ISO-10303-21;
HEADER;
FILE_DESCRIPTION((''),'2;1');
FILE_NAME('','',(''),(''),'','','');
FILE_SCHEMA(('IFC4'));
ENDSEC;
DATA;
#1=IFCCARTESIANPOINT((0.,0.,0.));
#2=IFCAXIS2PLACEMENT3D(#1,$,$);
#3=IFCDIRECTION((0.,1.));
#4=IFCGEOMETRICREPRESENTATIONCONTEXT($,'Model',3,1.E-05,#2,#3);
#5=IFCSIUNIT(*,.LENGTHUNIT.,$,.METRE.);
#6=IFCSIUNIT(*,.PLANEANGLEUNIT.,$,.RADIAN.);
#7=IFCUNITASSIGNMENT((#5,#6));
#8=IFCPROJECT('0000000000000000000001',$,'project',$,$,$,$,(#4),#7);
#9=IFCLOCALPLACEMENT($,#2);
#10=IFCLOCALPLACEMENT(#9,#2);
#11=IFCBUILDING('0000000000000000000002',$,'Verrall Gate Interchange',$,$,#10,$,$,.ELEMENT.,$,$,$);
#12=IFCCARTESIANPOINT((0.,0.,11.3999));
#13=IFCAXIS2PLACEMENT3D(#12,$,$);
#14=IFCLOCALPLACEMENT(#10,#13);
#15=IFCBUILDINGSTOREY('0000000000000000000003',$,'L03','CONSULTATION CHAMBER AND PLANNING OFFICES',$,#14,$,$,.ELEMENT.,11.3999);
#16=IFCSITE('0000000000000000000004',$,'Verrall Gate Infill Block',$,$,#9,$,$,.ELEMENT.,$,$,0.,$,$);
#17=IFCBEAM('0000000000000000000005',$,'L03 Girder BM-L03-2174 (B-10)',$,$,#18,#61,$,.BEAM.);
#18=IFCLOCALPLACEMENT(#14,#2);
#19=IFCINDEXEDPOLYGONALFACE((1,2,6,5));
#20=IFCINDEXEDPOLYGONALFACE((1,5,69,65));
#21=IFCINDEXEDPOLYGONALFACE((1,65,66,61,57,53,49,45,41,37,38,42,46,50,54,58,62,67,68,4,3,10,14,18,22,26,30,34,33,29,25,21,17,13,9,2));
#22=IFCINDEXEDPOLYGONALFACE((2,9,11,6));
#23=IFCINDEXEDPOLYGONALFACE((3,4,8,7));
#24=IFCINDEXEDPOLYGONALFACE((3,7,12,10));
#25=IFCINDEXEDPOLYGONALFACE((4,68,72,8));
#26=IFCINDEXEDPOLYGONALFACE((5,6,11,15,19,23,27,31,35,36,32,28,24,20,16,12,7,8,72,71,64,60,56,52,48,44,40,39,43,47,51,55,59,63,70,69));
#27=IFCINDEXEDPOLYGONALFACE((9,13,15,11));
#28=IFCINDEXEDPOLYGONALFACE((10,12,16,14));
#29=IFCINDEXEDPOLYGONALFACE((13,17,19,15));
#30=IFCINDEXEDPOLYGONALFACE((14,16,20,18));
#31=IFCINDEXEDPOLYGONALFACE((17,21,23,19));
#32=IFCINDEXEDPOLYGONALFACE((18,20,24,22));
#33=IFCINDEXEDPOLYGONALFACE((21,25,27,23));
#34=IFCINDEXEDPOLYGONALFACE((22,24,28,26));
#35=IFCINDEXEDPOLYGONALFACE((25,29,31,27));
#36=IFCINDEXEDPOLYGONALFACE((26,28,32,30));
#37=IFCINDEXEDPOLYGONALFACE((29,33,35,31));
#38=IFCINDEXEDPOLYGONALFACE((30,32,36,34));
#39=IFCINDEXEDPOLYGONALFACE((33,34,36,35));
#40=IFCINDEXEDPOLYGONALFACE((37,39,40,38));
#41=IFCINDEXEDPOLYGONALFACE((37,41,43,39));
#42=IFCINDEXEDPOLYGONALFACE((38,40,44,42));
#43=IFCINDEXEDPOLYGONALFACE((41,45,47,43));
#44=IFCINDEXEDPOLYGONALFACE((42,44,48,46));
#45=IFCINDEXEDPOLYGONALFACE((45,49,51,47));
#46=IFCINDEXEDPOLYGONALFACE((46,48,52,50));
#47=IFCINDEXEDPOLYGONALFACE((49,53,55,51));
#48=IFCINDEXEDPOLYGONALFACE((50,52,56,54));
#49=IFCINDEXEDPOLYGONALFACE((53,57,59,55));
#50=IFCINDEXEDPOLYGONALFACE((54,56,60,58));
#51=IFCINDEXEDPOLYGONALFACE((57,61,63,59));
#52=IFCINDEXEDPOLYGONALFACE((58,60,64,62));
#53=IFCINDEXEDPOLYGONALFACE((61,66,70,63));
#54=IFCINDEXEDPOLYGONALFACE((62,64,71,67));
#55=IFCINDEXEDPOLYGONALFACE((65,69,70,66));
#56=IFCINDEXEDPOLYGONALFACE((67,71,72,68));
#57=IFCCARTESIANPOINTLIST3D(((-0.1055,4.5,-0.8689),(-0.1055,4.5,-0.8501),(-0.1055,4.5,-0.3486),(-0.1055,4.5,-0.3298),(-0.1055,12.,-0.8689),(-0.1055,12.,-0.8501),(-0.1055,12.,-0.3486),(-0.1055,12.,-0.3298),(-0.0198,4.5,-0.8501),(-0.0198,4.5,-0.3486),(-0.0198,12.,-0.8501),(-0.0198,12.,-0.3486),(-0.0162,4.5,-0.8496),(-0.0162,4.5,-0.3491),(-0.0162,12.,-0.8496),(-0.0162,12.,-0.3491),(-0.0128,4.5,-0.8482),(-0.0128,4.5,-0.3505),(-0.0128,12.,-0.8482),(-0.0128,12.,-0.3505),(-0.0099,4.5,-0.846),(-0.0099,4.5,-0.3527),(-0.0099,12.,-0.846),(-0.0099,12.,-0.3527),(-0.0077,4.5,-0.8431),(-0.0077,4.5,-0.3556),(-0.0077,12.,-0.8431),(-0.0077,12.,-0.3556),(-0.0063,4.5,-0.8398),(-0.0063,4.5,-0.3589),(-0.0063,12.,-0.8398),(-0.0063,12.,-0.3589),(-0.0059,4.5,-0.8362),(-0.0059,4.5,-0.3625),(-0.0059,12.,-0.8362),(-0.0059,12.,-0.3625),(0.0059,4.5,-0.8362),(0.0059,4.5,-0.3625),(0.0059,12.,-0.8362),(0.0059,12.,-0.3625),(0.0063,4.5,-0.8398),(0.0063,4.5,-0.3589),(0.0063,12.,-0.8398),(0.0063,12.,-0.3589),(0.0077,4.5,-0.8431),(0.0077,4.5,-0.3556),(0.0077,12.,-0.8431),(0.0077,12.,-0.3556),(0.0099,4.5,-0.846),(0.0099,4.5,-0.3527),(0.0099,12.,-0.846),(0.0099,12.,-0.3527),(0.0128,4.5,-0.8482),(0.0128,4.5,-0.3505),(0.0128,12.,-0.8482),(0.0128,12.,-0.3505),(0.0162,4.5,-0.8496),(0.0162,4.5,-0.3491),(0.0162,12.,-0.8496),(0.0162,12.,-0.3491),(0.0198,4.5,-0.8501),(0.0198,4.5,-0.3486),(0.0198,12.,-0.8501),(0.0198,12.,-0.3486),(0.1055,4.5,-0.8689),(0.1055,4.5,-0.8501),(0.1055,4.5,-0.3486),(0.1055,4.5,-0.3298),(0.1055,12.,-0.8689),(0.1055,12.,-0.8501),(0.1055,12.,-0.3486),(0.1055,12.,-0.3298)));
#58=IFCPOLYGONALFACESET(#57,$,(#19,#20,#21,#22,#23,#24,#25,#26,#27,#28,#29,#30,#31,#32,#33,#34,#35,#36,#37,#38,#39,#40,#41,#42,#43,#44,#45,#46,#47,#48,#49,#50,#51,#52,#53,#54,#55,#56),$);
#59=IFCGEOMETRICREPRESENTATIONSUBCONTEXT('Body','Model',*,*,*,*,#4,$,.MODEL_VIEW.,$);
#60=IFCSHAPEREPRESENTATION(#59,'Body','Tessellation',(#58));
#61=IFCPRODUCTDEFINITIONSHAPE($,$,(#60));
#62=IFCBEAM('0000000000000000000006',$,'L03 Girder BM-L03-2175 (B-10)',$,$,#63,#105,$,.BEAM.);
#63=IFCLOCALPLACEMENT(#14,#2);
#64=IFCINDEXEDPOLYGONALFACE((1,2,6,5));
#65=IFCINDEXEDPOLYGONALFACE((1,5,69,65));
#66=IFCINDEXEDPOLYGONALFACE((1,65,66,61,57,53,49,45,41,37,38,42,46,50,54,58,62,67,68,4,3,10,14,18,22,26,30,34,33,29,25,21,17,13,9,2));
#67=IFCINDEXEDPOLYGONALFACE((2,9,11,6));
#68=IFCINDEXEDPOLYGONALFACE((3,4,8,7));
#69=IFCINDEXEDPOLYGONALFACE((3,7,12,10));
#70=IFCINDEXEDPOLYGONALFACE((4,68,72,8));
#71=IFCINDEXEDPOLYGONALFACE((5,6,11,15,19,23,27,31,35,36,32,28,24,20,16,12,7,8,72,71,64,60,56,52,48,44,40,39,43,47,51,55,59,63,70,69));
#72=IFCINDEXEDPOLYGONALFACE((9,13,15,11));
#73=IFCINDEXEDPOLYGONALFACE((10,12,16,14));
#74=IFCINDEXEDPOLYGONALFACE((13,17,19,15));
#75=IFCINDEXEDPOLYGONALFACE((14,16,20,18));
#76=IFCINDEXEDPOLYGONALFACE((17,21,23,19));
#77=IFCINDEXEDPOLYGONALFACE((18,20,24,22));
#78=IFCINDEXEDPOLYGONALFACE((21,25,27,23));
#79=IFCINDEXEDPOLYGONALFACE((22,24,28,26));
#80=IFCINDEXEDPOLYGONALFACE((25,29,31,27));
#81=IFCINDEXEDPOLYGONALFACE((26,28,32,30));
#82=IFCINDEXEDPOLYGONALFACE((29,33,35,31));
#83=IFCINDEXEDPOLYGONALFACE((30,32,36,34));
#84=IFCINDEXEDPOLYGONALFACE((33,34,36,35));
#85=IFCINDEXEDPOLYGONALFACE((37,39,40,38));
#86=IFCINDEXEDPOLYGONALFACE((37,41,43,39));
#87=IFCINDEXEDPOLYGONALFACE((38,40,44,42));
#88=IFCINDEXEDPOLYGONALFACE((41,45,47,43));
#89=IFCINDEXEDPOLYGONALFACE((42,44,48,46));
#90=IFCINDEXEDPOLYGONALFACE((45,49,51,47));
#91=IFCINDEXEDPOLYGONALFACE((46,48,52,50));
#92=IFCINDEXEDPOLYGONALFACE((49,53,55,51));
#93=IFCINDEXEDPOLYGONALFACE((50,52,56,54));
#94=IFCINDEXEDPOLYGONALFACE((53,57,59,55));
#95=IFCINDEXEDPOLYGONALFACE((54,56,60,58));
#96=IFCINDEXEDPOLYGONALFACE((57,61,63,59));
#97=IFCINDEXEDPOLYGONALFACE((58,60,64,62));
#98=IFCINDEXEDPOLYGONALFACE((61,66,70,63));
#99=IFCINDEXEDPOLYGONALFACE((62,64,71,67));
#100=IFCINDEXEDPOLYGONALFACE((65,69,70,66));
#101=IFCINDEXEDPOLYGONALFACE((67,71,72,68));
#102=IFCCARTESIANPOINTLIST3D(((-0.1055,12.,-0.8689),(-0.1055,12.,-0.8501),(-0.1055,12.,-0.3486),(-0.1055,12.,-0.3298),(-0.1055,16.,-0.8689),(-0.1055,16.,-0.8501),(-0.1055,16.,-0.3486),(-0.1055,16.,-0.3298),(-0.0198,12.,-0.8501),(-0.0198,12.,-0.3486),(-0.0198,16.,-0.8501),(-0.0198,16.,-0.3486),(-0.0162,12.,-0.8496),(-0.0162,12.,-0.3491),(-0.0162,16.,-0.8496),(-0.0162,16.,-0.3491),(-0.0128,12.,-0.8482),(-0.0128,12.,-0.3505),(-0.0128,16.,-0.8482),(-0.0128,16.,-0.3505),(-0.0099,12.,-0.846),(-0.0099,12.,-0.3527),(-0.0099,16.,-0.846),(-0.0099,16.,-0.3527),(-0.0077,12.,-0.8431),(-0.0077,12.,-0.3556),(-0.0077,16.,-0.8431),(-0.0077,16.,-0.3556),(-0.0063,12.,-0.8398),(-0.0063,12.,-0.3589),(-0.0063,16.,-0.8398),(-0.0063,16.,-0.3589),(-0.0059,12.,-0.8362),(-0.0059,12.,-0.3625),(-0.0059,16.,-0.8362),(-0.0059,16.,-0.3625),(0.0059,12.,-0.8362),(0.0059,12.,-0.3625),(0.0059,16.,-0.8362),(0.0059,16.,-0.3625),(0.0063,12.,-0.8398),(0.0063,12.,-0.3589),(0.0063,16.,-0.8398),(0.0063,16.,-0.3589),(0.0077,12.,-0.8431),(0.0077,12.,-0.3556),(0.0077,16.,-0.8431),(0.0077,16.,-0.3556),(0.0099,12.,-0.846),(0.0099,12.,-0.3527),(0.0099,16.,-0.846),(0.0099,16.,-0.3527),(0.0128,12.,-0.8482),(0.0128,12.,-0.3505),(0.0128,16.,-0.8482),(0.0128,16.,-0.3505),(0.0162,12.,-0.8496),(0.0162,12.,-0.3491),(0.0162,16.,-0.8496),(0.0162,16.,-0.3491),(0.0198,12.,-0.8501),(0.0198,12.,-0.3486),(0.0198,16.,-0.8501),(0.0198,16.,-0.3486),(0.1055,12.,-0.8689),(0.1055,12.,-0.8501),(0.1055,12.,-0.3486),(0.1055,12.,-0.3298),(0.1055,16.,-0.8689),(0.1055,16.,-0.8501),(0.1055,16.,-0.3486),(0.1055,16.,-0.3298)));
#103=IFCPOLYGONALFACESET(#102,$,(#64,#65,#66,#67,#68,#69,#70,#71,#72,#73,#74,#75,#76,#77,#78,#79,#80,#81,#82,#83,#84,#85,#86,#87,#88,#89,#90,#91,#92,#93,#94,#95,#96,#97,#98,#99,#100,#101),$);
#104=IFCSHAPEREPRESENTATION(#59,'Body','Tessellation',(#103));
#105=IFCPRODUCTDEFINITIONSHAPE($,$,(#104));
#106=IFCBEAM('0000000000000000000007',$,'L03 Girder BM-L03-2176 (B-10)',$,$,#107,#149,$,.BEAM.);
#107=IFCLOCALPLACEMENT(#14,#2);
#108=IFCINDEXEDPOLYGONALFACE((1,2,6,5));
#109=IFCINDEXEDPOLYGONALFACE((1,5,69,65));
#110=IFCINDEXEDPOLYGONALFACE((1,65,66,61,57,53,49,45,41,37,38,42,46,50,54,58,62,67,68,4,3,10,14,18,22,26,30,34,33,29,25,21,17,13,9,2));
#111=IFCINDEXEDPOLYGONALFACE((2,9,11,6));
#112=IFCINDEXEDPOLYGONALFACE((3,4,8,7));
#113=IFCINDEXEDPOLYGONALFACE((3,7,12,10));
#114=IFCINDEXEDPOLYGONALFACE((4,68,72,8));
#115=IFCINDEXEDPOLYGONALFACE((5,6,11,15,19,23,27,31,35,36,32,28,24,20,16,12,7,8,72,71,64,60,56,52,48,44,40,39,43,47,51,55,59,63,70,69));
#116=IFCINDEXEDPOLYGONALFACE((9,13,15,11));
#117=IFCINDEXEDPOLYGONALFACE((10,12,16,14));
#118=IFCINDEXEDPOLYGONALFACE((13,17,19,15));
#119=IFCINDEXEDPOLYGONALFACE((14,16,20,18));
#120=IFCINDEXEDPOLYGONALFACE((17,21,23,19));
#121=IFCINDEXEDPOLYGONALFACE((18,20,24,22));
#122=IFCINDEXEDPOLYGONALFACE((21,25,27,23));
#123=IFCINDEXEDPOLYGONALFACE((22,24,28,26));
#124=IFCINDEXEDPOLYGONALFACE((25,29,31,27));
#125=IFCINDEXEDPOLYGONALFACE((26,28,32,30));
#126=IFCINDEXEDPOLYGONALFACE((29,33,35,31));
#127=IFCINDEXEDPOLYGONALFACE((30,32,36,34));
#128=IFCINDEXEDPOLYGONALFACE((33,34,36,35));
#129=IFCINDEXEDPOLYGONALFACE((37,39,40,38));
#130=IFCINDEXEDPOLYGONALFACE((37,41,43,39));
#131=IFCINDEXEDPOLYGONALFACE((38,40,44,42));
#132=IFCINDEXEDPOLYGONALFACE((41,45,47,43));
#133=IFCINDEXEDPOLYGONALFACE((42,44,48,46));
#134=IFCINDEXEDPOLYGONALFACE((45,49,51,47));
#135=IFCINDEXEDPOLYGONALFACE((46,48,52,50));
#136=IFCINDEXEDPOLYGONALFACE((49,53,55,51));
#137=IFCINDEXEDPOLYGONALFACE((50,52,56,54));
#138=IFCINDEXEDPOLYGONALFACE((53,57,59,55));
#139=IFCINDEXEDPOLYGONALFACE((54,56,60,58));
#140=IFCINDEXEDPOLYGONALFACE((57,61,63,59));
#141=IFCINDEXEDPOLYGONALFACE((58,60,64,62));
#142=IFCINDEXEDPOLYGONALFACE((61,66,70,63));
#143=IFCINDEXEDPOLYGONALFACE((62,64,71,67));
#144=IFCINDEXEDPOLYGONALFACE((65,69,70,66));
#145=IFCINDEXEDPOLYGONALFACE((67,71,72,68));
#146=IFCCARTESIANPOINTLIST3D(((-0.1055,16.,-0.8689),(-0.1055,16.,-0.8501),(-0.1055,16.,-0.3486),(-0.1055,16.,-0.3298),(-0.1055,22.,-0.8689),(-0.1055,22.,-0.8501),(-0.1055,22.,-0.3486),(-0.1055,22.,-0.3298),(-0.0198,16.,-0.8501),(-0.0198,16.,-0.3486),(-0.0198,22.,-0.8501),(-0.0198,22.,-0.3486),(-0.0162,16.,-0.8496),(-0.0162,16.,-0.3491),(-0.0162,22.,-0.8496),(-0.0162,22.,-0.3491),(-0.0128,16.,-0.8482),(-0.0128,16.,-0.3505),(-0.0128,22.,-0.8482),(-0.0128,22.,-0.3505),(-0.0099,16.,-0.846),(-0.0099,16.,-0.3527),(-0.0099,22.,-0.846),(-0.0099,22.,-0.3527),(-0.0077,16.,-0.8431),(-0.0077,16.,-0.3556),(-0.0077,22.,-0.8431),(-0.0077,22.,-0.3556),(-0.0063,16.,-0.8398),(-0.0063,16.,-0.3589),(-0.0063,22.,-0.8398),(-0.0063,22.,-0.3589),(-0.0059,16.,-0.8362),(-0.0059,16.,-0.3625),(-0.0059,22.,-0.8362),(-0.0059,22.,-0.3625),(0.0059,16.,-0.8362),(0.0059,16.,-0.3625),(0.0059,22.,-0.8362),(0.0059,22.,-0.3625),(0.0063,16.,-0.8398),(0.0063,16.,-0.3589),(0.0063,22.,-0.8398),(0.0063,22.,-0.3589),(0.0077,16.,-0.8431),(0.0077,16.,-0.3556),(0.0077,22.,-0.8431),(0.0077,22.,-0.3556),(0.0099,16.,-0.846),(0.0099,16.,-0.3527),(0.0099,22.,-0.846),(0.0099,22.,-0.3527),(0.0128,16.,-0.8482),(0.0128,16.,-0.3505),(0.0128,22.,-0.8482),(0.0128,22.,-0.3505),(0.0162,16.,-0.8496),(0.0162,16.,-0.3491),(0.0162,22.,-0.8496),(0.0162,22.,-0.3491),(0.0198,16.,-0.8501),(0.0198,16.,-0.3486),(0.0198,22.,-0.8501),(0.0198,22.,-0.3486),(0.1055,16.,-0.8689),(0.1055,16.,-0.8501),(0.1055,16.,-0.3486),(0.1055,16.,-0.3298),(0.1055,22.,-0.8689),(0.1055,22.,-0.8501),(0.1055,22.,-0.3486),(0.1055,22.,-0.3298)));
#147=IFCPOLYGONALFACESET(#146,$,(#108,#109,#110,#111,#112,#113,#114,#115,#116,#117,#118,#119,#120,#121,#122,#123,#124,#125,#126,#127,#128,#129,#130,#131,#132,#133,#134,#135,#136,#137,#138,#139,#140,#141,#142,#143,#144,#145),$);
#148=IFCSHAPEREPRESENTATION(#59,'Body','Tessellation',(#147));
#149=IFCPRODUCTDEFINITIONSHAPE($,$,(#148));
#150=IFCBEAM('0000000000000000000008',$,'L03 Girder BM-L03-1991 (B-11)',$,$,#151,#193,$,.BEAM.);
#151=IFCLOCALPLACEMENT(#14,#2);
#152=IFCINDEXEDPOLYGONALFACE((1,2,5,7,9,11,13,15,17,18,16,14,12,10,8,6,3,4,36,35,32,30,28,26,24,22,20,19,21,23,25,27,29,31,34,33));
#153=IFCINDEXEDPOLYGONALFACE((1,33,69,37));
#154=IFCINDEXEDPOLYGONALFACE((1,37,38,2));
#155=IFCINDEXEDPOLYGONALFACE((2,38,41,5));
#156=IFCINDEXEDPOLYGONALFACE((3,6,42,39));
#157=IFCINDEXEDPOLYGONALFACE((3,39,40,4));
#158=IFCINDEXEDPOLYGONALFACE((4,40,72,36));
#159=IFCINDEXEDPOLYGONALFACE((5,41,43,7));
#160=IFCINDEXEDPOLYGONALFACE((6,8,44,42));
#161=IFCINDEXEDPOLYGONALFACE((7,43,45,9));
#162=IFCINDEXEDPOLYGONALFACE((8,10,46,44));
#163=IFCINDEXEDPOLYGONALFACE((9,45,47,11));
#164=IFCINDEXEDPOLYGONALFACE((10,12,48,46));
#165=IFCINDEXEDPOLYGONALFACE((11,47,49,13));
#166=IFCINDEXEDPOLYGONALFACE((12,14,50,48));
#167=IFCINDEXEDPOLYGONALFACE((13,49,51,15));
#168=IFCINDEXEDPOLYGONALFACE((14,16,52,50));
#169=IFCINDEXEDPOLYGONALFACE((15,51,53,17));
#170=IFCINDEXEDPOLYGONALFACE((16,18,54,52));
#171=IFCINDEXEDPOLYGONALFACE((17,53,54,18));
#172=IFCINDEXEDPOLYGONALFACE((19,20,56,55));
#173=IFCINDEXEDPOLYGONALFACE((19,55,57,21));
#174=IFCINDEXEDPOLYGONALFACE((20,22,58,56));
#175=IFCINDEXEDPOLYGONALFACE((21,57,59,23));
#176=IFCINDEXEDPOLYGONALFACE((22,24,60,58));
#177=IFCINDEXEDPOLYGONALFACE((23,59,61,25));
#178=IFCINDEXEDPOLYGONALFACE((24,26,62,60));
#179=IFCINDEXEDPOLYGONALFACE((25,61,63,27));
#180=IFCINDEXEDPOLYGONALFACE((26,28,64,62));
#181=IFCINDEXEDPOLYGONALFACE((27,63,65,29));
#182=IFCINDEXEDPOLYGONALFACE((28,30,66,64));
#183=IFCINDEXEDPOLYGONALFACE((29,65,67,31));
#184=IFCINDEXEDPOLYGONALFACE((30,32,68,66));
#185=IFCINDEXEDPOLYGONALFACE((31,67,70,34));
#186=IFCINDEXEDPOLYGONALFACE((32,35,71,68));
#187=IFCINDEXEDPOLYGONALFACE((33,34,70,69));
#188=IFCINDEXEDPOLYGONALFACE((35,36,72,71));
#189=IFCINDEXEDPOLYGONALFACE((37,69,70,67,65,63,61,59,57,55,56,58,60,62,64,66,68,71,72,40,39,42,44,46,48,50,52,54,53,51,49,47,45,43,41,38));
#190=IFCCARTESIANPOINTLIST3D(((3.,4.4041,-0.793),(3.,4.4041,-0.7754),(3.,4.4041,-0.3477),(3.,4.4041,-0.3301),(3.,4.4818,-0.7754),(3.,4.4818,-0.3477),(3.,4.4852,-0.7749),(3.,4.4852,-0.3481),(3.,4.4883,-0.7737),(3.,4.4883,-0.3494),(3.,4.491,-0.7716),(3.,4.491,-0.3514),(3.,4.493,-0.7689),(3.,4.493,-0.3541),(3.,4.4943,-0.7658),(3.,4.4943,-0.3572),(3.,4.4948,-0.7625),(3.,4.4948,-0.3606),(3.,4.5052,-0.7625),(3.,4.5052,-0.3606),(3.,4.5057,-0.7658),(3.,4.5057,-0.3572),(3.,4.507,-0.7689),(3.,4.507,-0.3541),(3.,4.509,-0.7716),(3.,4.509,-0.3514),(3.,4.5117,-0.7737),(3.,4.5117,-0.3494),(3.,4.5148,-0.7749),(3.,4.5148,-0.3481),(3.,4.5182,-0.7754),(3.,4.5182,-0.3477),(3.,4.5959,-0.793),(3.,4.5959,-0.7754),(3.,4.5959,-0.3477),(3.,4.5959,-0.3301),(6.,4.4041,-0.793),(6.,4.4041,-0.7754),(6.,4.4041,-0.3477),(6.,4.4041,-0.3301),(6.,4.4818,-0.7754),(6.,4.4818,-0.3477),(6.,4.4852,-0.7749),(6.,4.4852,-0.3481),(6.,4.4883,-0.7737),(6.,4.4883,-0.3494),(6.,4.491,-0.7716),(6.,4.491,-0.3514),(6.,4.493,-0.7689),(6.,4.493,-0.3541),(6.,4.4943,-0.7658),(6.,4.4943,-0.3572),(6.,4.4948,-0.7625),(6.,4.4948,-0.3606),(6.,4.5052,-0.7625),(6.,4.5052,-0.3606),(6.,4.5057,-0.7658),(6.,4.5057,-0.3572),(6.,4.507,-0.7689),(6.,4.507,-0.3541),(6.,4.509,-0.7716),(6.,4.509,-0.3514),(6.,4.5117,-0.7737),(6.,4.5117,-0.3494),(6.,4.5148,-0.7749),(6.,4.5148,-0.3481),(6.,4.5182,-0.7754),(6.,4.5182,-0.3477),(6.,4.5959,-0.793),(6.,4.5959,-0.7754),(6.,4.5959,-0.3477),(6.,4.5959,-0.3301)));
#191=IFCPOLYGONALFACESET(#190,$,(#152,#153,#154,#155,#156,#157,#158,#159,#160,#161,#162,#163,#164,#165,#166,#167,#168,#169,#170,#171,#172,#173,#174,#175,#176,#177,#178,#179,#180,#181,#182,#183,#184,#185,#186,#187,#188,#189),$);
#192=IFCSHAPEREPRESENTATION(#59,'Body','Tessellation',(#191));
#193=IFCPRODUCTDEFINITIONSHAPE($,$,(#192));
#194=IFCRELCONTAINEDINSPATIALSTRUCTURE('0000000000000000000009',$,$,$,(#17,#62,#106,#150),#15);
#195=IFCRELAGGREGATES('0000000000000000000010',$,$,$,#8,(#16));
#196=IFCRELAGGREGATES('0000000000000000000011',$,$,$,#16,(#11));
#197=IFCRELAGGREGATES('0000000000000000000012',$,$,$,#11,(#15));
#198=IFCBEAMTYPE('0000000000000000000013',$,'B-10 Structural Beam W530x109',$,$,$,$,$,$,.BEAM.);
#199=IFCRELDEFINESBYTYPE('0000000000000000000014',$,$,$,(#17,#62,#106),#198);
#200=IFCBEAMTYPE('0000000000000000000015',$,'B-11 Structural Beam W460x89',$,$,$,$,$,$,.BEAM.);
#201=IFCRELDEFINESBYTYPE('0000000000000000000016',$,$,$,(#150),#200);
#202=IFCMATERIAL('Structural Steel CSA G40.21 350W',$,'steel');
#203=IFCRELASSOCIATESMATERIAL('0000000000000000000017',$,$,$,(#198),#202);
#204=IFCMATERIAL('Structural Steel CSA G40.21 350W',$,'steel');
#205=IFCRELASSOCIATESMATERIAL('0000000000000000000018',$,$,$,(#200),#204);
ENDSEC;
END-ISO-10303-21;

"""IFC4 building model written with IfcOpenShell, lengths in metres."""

from ifc_helpers import new_model, si_unit, direction, frame, origin, origin_2d, place, context, subcontext, project, spatial, i_section, extrude, material, material_profile, profile_set, type_object, element, save


model = new_model("IFC4")

# Units and contexts
model_context = context("Model", 3, precision=1e-05, world=origin(), true_north=direction((0.0, 1.0)))
body_context = subcontext(model_context, "Body", "Model", "MODEL_VIEW")
ifc_project = project(units=[si_unit("LENGTHUNIT", "METRE"), si_unit("PLANEANGLEUNIT", "RADIAN")], contexts=[model_context])

# Site, building, storey
site_placement = place(None, origin())
site = spatial("IfcSite", under=ifc_project, at=site_placement, Name="Verrall Gate Infill Block", CompositionType="ELEMENT", RefElevation=0.0)
building_placement = place(site_placement, origin())
building = spatial("IfcBuilding", under=site, at=building_placement, Name="Verrall Gate Interchange", CompositionType="ELEMENT")
storey_placement = place(building_placement, frame((0.0, 0.0, 11.3999)))
storey = spatial("IfcBuildingStorey", under=building, at=storey_placement, Name="L03", Description="CONSULTATION CHAMBER AND PLANNING OFFICES", CompositionType="ELEMENT", Elevation=11.3999)

# Beams
ifc_material_1 = material(Name="Structural Steel CSA G40.21 350W", Category="steel")
ifc_material_profile_1 = material_profile(ifc_material_1, i_section(OverallWidth=0.2109, OverallDepth=0.5391, WebThickness=0.0117, FlangeThickness=0.0188, FilletRadius=0.0139, at=origin_2d()), Name="W530x109")
ifc_profile_set_1 = profile_set([ifc_material_profile_1], Name="Structural Steel CSA G40.21 350W")
beam_type_1 = type_object("IfcBeamType", Name="B-10 Structural Beam W530x109", PredefinedType="BEAM", material=ifc_profile_set_1)
beam_1_placement = place(storey_placement, frame((0.0, 4.5, -0.5994), z_axis=(0.0, 1.0, 0.0), x_axis=(-1.0, 0.0, 0.0)))
element("IfcBeam", 1, at=beam_1_placement, inside=storey, type_object=beam_type_1, Name="L03 Girder BM-L03-2174 (B-10)", PredefinedType="BEAM", context=body_context, shape_type="SweptSolid", body=[
    extrude(i_section(OverallWidth=0.2109, OverallDepth=0.5391, WebThickness=0.0117, FlangeThickness=0.0188, FilletRadius=0.0139, at=origin_2d()), origin(), (0.0, 0.0, 1.0), 7.5),
])
beam_2_placement = place(storey_placement, frame((0.0, 12.0, -0.5994), z_axis=(0.0, 1.0, 0.0), x_axis=(-1.0, 0.0, 0.0)))
element("IfcBeam", 2, at=beam_2_placement, inside=storey, type_object=beam_type_1, Name="L03 Girder BM-L03-2175 (B-10)", PredefinedType="BEAM", context=body_context, shape_type="SweptSolid", body=[
    extrude(i_section(OverallWidth=0.2109, OverallDepth=0.5391, WebThickness=0.0117, FlangeThickness=0.0188, FilletRadius=0.0139, at=origin_2d()), origin(), (0.0, 0.0, 1.0), 4.0),
])
beam_3_placement = place(storey_placement, frame((0.0, 16.0, -0.5994), z_axis=(0.0, 1.0, 0.0), x_axis=(-1.0, 0.0, 0.0)))
element("IfcBeam", 3, at=beam_3_placement, inside=storey, type_object=beam_type_1, Name="L03 Girder BM-L03-2176 (B-10)", PredefinedType="BEAM", context=body_context, shape_type="SweptSolid", body=[
    extrude(i_section(OverallWidth=0.2109, OverallDepth=0.5391, WebThickness=0.0117, FlangeThickness=0.0188, FilletRadius=0.0139, at=origin_2d()), origin(), (0.0, 0.0, 1.0), 6.0),
])
ifc_material_2 = material(Name="Structural Steel CSA G40.21 350W", Category="steel")
ifc_material_profile_2 = material_profile(ifc_material_2, i_section(OverallWidth=0.1919, OverallDepth=0.4629, WebThickness=0.0105, FlangeThickness=0.0176, FilletRadius=0.0129, at=origin_2d()), Name="W460x89")
ifc_profile_set_2 = profile_set([ifc_material_profile_2], Name="Structural Steel CSA G40.21 350W")
beam_type_2 = type_object("IfcBeamType", Name="B-11 Structural Beam W460x89", PredefinedType="BEAM", material=ifc_profile_set_2)
beam_4_placement = place(storey_placement, frame((3.0, 4.5, -0.5615), z_axis=(1.0, 0.0, 0.0), x_axis=(0.0, 1.0, 0.0)))
element("IfcBeam", 4, at=beam_4_placement, inside=storey, type_object=beam_type_2, Name="L03 Girder BM-L03-1991 (B-11)", PredefinedType="BEAM", context=body_context, shape_type="SweptSolid", body=[
    extrude(i_section(OverallWidth=0.1919, OverallDepth=0.4629, WebThickness=0.0105, FlangeThickness=0.0176, FilletRadius=0.0129, at=origin_2d()), origin(), (0.0, 0.0, 1.0), 3.0),
])

save(model, "model.ifc")
